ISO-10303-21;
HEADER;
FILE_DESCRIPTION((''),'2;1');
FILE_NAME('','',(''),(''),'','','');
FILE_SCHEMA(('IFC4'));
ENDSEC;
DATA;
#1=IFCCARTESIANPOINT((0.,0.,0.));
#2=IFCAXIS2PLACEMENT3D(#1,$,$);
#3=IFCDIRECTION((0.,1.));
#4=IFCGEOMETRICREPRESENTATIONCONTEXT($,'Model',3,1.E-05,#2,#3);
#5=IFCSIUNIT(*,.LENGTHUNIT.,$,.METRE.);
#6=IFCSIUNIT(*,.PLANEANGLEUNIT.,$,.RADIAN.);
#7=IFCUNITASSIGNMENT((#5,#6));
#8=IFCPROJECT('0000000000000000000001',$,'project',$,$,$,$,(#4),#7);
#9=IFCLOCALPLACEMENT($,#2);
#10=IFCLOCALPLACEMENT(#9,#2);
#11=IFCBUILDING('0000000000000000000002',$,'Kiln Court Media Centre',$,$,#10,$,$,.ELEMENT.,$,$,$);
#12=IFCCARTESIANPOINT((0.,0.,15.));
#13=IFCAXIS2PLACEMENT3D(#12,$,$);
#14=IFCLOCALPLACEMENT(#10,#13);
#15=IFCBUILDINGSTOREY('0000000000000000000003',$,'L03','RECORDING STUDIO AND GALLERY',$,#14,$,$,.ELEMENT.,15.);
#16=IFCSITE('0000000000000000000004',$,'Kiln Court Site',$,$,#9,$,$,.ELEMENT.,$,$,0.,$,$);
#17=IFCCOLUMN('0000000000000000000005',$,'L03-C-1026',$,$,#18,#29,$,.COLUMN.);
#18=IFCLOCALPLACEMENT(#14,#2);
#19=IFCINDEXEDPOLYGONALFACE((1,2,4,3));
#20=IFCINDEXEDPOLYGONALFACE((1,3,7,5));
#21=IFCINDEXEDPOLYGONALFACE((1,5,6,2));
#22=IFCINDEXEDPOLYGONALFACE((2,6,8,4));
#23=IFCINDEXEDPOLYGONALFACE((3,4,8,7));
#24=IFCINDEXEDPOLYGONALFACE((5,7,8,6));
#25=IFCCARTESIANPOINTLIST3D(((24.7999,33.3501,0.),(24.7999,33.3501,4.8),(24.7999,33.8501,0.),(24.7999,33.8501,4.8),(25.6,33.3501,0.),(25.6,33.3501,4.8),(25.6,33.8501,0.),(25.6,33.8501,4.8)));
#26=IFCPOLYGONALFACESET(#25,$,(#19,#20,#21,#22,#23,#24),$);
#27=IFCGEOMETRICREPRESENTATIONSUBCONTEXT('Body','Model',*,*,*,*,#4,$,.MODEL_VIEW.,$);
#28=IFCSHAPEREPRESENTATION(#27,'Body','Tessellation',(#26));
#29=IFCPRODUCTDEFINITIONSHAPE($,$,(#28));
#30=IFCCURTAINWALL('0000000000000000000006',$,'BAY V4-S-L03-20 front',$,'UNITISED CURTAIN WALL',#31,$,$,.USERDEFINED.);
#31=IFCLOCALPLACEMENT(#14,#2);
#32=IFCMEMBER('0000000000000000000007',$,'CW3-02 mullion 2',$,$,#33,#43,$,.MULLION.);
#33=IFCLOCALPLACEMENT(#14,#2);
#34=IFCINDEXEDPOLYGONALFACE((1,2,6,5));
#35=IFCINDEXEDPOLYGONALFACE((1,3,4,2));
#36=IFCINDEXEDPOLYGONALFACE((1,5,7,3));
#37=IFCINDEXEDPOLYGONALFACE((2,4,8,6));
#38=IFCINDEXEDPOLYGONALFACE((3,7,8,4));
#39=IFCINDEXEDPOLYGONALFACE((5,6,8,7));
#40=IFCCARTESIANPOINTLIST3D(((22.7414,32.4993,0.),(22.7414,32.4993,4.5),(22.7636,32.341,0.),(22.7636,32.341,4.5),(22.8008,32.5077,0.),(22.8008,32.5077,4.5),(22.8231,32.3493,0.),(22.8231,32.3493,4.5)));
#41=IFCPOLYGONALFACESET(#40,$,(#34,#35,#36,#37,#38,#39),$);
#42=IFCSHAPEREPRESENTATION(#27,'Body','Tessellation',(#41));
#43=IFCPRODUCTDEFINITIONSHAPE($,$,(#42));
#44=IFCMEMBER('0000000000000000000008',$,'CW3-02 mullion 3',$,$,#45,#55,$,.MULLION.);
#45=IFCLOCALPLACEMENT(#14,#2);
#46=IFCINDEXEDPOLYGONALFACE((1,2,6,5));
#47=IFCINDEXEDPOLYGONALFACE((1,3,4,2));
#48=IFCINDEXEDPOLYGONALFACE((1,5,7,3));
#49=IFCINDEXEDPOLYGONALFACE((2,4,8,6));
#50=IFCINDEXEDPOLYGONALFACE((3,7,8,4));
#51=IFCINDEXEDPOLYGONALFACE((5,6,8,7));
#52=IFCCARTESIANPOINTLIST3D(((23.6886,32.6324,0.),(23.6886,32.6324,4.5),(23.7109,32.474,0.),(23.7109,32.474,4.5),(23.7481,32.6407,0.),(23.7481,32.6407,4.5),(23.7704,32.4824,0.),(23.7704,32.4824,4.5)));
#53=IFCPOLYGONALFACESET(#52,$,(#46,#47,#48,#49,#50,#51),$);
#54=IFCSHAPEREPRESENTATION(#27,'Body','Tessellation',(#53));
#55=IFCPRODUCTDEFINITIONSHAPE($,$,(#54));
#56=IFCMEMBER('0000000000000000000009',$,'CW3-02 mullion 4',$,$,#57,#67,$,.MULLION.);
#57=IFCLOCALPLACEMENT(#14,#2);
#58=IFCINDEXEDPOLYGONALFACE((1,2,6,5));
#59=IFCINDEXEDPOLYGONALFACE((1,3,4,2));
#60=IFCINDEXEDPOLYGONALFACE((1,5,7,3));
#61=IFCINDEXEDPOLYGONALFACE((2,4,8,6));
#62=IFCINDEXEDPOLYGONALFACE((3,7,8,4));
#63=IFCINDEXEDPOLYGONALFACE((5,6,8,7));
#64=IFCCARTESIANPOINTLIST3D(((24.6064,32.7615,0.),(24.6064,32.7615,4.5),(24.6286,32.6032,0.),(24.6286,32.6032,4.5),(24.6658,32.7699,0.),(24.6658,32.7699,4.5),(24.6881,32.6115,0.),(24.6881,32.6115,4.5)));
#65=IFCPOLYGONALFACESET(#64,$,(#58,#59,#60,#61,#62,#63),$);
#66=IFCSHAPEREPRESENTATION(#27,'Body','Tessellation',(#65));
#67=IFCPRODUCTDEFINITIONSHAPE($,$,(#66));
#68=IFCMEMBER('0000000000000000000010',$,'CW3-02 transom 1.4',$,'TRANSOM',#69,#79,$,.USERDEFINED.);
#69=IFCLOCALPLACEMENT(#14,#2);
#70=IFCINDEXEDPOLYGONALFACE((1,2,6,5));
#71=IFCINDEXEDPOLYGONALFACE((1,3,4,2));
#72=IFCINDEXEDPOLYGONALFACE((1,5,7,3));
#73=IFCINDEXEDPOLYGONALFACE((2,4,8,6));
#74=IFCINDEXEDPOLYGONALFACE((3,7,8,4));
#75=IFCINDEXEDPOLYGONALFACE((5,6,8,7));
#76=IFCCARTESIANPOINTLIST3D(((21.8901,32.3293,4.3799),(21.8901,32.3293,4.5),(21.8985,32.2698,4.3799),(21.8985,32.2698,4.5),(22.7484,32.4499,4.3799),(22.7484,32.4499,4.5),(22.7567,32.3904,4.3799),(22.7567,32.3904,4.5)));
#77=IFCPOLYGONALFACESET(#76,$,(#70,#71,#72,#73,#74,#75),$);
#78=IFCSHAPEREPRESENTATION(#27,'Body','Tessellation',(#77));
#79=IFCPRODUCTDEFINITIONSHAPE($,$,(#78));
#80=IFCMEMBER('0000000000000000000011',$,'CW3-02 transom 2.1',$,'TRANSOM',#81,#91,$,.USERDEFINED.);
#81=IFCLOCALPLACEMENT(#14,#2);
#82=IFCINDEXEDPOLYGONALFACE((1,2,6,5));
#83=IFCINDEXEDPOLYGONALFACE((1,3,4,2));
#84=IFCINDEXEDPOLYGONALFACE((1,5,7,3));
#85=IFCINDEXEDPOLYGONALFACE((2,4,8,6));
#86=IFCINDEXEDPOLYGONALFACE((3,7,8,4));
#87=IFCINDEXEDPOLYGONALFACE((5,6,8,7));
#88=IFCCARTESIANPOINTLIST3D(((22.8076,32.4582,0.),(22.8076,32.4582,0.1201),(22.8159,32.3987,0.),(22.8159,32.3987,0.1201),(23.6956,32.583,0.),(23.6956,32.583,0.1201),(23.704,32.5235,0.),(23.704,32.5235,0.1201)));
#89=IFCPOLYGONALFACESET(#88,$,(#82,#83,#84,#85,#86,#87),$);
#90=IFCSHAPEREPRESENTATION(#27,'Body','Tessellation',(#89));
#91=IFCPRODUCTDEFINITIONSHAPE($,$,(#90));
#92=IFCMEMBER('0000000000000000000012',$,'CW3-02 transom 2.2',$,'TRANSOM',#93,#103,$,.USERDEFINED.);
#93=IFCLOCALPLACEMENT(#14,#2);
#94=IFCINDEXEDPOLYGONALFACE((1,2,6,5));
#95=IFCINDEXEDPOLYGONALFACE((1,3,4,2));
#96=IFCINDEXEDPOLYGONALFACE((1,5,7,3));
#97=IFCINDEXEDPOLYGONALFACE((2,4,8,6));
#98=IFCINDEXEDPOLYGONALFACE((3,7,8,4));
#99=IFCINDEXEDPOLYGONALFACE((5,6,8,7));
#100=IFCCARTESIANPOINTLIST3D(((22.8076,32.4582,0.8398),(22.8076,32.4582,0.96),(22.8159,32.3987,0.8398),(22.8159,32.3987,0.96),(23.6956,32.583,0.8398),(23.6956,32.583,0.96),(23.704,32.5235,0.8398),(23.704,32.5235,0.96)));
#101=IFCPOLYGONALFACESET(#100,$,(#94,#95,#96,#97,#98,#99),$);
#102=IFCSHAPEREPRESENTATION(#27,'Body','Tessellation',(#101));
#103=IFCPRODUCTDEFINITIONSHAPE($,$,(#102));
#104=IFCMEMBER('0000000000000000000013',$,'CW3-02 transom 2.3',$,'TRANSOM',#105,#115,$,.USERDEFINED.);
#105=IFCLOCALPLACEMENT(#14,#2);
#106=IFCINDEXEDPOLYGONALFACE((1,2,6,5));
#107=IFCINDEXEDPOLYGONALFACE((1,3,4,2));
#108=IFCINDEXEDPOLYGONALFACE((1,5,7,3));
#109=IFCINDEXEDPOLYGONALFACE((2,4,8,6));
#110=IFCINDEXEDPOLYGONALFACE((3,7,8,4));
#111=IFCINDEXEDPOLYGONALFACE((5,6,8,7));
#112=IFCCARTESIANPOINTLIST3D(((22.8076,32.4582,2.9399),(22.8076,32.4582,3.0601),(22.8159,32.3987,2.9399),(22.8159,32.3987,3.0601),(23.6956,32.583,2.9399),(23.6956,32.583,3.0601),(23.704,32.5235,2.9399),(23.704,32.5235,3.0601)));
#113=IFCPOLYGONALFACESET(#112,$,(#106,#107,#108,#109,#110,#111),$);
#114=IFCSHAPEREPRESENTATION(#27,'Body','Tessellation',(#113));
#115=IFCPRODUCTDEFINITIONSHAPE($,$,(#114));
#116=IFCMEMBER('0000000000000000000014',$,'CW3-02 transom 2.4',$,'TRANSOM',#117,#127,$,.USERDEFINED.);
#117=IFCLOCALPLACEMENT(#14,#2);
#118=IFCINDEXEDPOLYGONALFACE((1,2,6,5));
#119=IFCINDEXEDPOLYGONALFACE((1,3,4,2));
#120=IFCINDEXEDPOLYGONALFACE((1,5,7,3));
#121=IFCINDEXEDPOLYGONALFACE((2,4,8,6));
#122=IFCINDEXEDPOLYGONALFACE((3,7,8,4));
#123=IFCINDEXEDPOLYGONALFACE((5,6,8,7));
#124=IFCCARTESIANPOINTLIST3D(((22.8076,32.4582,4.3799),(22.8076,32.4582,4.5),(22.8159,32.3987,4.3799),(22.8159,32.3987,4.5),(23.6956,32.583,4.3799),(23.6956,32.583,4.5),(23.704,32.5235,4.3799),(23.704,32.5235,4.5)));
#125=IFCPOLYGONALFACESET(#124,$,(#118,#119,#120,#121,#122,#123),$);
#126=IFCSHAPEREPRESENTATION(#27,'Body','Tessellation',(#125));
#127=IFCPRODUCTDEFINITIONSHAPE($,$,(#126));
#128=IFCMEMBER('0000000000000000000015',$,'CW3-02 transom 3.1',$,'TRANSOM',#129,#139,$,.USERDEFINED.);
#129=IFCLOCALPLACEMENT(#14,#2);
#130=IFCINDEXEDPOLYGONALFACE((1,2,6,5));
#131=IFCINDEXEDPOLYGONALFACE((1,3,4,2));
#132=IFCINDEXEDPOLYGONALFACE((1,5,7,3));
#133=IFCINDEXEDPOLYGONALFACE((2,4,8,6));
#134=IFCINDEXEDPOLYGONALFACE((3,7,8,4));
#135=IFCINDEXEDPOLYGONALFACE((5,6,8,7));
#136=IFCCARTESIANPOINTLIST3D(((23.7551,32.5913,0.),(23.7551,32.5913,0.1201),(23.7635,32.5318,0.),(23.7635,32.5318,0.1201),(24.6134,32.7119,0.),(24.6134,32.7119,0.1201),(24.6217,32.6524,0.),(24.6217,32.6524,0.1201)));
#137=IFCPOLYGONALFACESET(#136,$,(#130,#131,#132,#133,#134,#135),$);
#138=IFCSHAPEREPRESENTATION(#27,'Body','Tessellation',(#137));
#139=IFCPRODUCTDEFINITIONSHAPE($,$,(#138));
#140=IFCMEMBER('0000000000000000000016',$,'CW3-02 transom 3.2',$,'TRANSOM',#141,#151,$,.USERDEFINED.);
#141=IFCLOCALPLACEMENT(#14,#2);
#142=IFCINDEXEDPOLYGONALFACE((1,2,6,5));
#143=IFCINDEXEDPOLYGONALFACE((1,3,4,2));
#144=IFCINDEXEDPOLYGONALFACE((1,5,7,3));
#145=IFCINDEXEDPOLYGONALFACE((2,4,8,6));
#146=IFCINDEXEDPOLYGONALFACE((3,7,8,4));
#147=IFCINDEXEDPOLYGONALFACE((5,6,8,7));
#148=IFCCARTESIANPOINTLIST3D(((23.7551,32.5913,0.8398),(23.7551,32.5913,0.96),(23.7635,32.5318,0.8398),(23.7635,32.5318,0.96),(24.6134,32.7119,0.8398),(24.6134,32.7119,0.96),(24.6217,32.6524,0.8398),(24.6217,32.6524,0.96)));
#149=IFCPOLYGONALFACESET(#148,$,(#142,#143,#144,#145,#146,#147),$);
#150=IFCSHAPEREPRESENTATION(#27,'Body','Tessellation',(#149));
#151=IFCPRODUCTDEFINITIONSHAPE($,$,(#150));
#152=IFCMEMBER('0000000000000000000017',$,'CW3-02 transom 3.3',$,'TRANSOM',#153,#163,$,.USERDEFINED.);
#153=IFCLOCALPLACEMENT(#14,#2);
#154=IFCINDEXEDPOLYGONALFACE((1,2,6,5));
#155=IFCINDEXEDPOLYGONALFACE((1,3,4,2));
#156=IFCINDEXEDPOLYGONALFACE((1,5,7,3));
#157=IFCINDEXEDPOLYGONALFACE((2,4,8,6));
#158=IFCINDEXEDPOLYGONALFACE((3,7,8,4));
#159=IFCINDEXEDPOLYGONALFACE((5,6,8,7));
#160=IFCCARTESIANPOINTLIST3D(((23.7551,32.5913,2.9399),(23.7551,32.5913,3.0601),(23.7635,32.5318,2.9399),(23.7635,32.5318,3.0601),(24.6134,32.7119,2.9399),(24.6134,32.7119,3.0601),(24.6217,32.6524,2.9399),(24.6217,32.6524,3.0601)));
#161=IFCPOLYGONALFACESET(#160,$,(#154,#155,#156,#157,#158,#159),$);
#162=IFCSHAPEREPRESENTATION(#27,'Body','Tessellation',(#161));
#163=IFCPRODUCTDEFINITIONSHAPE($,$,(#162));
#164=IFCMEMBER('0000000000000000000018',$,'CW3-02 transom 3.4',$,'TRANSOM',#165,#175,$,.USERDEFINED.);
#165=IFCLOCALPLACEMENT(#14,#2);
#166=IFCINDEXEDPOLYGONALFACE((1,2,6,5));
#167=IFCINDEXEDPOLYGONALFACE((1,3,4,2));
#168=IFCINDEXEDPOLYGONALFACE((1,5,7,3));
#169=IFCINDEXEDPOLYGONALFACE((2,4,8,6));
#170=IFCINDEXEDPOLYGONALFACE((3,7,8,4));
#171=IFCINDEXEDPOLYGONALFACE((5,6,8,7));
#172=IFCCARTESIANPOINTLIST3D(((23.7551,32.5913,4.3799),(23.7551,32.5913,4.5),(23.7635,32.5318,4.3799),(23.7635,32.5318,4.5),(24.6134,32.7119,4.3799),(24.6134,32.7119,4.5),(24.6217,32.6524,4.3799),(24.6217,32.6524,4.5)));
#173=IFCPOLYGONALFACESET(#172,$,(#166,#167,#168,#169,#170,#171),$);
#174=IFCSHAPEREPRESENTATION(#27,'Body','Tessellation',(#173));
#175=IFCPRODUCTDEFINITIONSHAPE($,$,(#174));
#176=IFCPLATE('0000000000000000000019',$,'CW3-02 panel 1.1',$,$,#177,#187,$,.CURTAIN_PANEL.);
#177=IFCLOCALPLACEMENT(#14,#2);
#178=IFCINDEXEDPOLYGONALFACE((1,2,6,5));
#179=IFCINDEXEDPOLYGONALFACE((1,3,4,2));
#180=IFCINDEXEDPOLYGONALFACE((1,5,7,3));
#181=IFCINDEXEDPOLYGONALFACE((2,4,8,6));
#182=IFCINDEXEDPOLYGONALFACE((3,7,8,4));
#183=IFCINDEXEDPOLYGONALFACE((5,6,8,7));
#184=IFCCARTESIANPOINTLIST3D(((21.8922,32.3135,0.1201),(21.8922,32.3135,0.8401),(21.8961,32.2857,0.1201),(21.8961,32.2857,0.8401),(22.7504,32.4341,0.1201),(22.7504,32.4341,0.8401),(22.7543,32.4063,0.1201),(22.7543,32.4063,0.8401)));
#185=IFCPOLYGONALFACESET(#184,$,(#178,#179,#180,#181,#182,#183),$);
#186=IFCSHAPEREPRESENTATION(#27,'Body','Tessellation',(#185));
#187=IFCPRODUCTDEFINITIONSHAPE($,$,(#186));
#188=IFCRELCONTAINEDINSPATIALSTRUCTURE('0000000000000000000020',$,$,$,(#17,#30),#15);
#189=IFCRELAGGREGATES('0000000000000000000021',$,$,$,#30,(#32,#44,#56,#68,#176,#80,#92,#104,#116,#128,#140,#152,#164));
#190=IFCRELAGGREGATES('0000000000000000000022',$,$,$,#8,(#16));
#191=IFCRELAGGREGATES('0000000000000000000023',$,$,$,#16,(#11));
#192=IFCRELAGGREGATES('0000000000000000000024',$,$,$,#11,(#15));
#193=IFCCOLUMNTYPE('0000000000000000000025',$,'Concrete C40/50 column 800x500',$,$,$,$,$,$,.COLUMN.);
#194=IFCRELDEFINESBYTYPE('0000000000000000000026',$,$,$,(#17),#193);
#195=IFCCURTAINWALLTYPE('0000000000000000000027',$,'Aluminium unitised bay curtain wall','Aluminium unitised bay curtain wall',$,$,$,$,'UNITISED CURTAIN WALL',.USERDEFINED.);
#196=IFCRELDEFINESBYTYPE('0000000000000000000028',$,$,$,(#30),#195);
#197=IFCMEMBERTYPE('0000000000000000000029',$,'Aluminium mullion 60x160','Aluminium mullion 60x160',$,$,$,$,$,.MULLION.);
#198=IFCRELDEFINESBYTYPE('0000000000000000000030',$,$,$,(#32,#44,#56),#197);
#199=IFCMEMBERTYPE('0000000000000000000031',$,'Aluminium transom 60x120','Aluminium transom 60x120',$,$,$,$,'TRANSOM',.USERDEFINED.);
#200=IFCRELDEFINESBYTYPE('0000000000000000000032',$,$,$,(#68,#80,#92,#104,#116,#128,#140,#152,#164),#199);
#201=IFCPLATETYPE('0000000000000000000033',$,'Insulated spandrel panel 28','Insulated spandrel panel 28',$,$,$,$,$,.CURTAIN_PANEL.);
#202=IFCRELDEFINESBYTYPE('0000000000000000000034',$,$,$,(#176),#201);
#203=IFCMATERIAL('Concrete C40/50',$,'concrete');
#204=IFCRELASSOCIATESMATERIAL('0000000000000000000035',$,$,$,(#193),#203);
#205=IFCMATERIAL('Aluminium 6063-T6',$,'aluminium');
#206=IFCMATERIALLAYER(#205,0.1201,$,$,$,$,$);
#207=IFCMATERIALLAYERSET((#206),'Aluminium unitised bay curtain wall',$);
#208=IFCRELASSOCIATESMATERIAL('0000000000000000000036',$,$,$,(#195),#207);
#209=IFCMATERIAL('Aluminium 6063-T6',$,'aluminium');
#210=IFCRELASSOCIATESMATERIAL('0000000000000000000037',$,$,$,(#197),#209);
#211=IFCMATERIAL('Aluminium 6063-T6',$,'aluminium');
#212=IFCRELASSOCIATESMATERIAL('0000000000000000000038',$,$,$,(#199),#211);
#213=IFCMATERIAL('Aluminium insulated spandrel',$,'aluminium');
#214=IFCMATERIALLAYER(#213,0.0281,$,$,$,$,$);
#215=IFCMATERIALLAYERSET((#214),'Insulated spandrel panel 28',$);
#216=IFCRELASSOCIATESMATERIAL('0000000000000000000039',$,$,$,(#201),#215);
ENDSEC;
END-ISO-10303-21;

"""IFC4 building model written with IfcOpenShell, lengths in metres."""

from ifc_helpers import new_model, si_unit, direction, frame, origin, origin_2d, place, context, subcontext, project, spatial, rectangle, extrude, material, layer, layer_set, material_profile, profile_set, type_object, element, aggregate, save


model = new_model("IFC4")

# Units and contexts
model_context = context("Model", 3, precision=1e-05, world=origin(), true_north=direction((0.0, 1.0)))
body_context = subcontext(model_context, "Body", "Model", "MODEL_VIEW")
ifc_project = project(units=[si_unit("LENGTHUNIT", "METRE"), si_unit("PLANEANGLEUNIT", "RADIAN")], contexts=[model_context])

# Site, building, storey
site_placement = place(None, origin())
site = spatial("IfcSite", under=ifc_project, at=site_placement, Name="Kiln Court Site", CompositionType="ELEMENT", RefElevation=0.0)
building_placement = place(site_placement, origin())
building = spatial("IfcBuilding", under=site, at=building_placement, Name="Kiln Court Media Centre", CompositionType="ELEMENT")
storey_placement = place(building_placement, frame((0.0, 0.0, 15.0)))
storey = spatial("IfcBuildingStorey", under=building, at=storey_placement, Name="L03", Description="RECORDING STUDIO AND GALLERY", CompositionType="ELEMENT", Elevation=15.0)

# Column
ifc_material_1 = material(Name="Concrete C40/50", Category="concrete")
ifc_material_profile_1 = material_profile(ifc_material_1, rectangle(XDim=0.8, YDim=0.5, at=origin_2d()), Name="RC 800x500")
ifc_profile_set_1 = profile_set([ifc_material_profile_1], Name="Concrete C40/50")
column_type = type_object("IfcColumnType", Name="Concrete C40/50 column 800x500", PredefinedType="COLUMN", material=ifc_profile_set_1)
column_placement = place(storey_placement, frame((25.2, 33.6001, 0.0), z_axis=(0.0, 0.0, 1.0), x_axis=(1.0, 0.0, 0.0)))
element("IfcColumn", 1, at=column_placement, inside=storey, type_object=column_type, Name="L03-C-1026", PredefinedType="COLUMN", context=body_context, shape_type="SweptSolid", body=[
    extrude(rectangle(XDim=0.8, YDim=0.5, at=origin_2d()), origin(), (0.0, 0.0, 1.0), 4.8),
])

# Curtain wall, members, plate
ifc_material_2 = material(Name="Aluminium 6063-T6", Category="aluminium")
ifc_layer_1 = layer(ifc_material_2, 0.1201)
ifc_layer_set_1 = layer_set([ifc_layer_1], Name="Aluminium unitised bay curtain wall")
curtain_wall_type = type_object("IfcCurtainWallType", Name="Aluminium unitised bay curtain wall", Description="Aluminium unitised bay curtain wall", ElementType="UNITISED CURTAIN WALL", PredefinedType="USERDEFINED", material=ifc_layer_set_1)
curtain_wall_placement = place(storey_placement, origin())
curtain_wall = element("IfcCurtainWall", 2, at=curtain_wall_placement, inside=storey, type_object=curtain_wall_type, Name="BAY V4-S-L03-20 front", ObjectType="UNITISED CURTAIN WALL", PredefinedType="USERDEFINED")
ifc_material_3 = material(Name="Aluminium 6063-T6", Category="aluminium")
ifc_material_profile_2 = material_profile(ifc_material_3, rectangle(XDim=0.0601, YDim=0.1599, at=origin_2d()), Name="Aluminium mullion 60x160")
ifc_profile_set_2 = profile_set([ifc_material_profile_2], Name="Aluminium 6063-T6")
member_type_1 = type_object("IfcMemberType", Name="Aluminium mullion 60x160", Description="Aluminium mullion 60x160", PredefinedType="MULLION", material=ifc_profile_set_2)
member_1_placement = place(storey_placement, frame((22.7822, 32.4243, 0.0), z_axis=(0.0, 0.0, 1.0), x_axis=(0.99027, 0.139162, 0.0)))
member_1 = element("IfcMember", 3, at=member_1_placement, type_object=member_type_1, Name="CW3-02 mullion 2", PredefinedType="MULLION", context=body_context, shape_type="SweptSolid", body=[
    extrude(rectangle(XDim=0.0601, YDim=0.1599, at=origin_2d()), origin(), (0.0, 0.0, 1.0), 4.5),
])
member_2_placement = place(storey_placement, frame((23.7295, 32.5574, 0.0), z_axis=(0.0, 0.0, 1.0), x_axis=(0.99027, 0.139162, 0.0)))
member_2 = element("IfcMember", 4, at=member_2_placement, type_object=member_type_1, Name="CW3-02 mullion 3", PredefinedType="MULLION", context=body_context, shape_type="SweptSolid", body=[
    extrude(rectangle(XDim=0.0601, YDim=0.1599, at=origin_2d()), origin(), (0.0, 0.0, 1.0), 4.5),
])
member_3_placement = place(storey_placement, frame((24.6472, 32.6865, 0.0), z_axis=(0.0, 0.0, 1.0), x_axis=(0.99027, 0.139162, 0.0)))
member_3 = element("IfcMember", 5, at=member_3_placement, type_object=member_type_1, Name="CW3-02 mullion 4", PredefinedType="MULLION", context=body_context, shape_type="SweptSolid", body=[
    extrude(rectangle(XDim=0.0601, YDim=0.1599, at=origin_2d()), origin(), (0.0, 0.0, 1.0), 4.5),
])
ifc_material_4 = material(Name="Aluminium 6063-T6", Category="aluminium")
ifc_material_profile_3 = material_profile(ifc_material_4, rectangle(XDim=0.0601, YDim=0.1201, at=origin_2d()), Name="Aluminium transom 60x120")
ifc_profile_set_3 = profile_set([ifc_material_profile_3], Name="Aluminium 6063-T6")
member_type_2 = type_object("IfcMemberType", Name="Aluminium transom 60x120", Description="Aluminium transom 60x120", ElementType="TRANSOM", PredefinedType="USERDEFINED", material=ifc_profile_set_3)
member_4_placement = place(storey_placement, frame((21.8943, 32.2996, 4.4399), z_axis=(0.990268, 0.139173, 0.0), x_axis=(-0.139173, 0.990268, 0.0)))
member_4 = element("IfcMember", 6, at=member_4_placement, type_object=member_type_2, Name="CW3-02 transom 1.4", ObjectType="TRANSOM", PredefinedType="USERDEFINED", context=body_context, shape_type="SweptSolid", body=[
    extrude(rectangle(XDim=0.0601, YDim=0.1201, at=origin_2d()), origin(), (0.0, 0.0, 1.0), 0.8667),
])
member_5_placement = place(storey_placement, frame((22.8118, 32.4285, 0.0601), z_axis=(0.990274, 0.139134, 0.0), x_axis=(-0.139134, 0.990274, 0.0)))
member_5 = element("IfcMember", 7, at=member_5_placement, type_object=member_type_2, Name="CW3-02 transom 2.1", ObjectType="TRANSOM", PredefinedType="USERDEFINED", context=body_context, shape_type="SweptSolid", body=[
    extrude(rectangle(XDim=0.0601, YDim=0.1201, at=origin_2d()), origin(), (0.0, 0.0, 1.0), 0.8967),
])
member_6_placement = place(storey_placement, frame((22.8118, 32.4285, 0.8999), z_axis=(0.990274, 0.139134, 0.0), x_axis=(-0.139134, 0.990274, 0.0)))
member_6 = element("IfcMember", 8, at=member_6_placement, type_object=member_type_2, Name="CW3-02 transom 2.2", ObjectType="TRANSOM", PredefinedType="USERDEFINED", context=body_context, shape_type="SweptSolid", body=[
    extrude(rectangle(XDim=0.0601, YDim=0.1201, at=origin_2d()), origin(), (0.0, 0.0, 1.0), 0.8967),
])
member_7_placement = place(storey_placement, frame((22.8118, 32.4285, 3.0), z_axis=(0.990274, 0.139134, 0.0), x_axis=(-0.139134, 0.990274, 0.0)))
member_7 = element("IfcMember", 9, at=member_7_placement, type_object=member_type_2, Name="CW3-02 transom 2.3", ObjectType="TRANSOM", PredefinedType="USERDEFINED", context=body_context, shape_type="SweptSolid", body=[
    extrude(rectangle(XDim=0.0601, YDim=0.1201, at=origin_2d()), origin(), (0.0, 0.0, 1.0), 0.8967),
])
member_8_placement = place(storey_placement, frame((22.8118, 32.4285, 4.4399), z_axis=(0.990274, 0.139134, 0.0), x_axis=(-0.139134, 0.990274, 0.0)))
member_8 = element("IfcMember", 10, at=member_8_placement, type_object=member_type_2, Name="CW3-02 transom 2.4", ObjectType="TRANSOM", PredefinedType="USERDEFINED", context=body_context, shape_type="SweptSolid", body=[
    extrude(rectangle(XDim=0.0601, YDim=0.1201, at=origin_2d()), origin(), (0.0, 0.0, 1.0), 0.8967),
])
member_9_placement = place(storey_placement, frame((23.7593, 32.5615, 0.0601), z_axis=(0.990268, 0.139173, 0.0), x_axis=(-0.139173, 0.990268, 0.0)))
member_9 = element("IfcMember", 11, at=member_9_placement, type_object=member_type_2, Name="CW3-02 transom 3.1", ObjectType="TRANSOM", PredefinedType="USERDEFINED", context=body_context, shape_type="SweptSolid", body=[
    extrude(rectangle(XDim=0.0601, YDim=0.1201, at=origin_2d()), origin(), (0.0, 0.0, 1.0), 0.8667),
])
member_10_placement = place(storey_placement, frame((23.7593, 32.5615, 0.8999), z_axis=(0.990268, 0.139173, 0.0), x_axis=(-0.139173, 0.990268, 0.0)))
member_10 = element("IfcMember", 12, at=member_10_placement, type_object=member_type_2, Name="CW3-02 transom 3.2", ObjectType="TRANSOM", PredefinedType="USERDEFINED", context=body_context, shape_type="SweptSolid", body=[
    extrude(rectangle(XDim=0.0601, YDim=0.1201, at=origin_2d()), origin(), (0.0, 0.0, 1.0), 0.8667),
])
member_11_placement = place(storey_placement, frame((23.7593, 32.5615, 3.0), z_axis=(0.990268, 0.139173, 0.0), x_axis=(-0.139173, 0.990268, 0.0)))
member_11 = element("IfcMember", 13, at=member_11_placement, type_object=member_type_2, Name="CW3-02 transom 3.3", ObjectType="TRANSOM", PredefinedType="USERDEFINED", context=body_context, shape_type="SweptSolid", body=[
    extrude(rectangle(XDim=0.0601, YDim=0.1201, at=origin_2d()), origin(), (0.0, 0.0, 1.0), 0.8667),
])
member_12_placement = place(storey_placement, frame((23.7593, 32.5615, 4.4399), z_axis=(0.990268, 0.139173, 0.0), x_axis=(-0.139173, 0.990268, 0.0)))
member_12 = element("IfcMember", 14, at=member_12_placement, type_object=member_type_2, Name="CW3-02 transom 3.4", ObjectType="TRANSOM", PredefinedType="USERDEFINED", context=body_context, shape_type="SweptSolid", body=[
    extrude(rectangle(XDim=0.0601, YDim=0.1201, at=origin_2d()), origin(), (0.0, 0.0, 1.0), 0.8667),
])
ifc_material_5 = material(Name="Aluminium insulated spandrel", Category="aluminium")
ifc_layer_2 = layer(ifc_material_5, 0.0281)
ifc_layer_set_2 = layer_set([ifc_layer_2], Name="Insulated spandrel panel 28")
plate_type_1 = type_object("IfcPlateType", Name="Insulated spandrel panel 28", Description="Insulated spandrel panel 28", PredefinedType="CURTAIN_PANEL", material=ifc_layer_set_2)
plate_1_placement = place(storey_placement, frame((22.3232, 32.3599, 0.1201), z_axis=(0.0, 0.0, 1.0), x_axis=(0.99027, 0.139162, 0.0)))
plate_1 = element("IfcPlate", 15, at=plate_1_placement, type_object=plate_type_1, Name="CW3-02 panel 1.1", PredefinedType="CURTAIN_PANEL", context=body_context, shape_type="SweptSolid", body=[
    extrude(rectangle(XDim=0.8667, YDim=0.0281, at=origin_2d()), origin(), (0.0, 0.0, 1.0), 0.72),
])
aggregate(curtain_wall, [member_1, member_2, member_3, member_4, plate_1, member_5, member_6, member_7, member_8, member_9, member_10, member_11, member_12])

save(model, "model.ifc")
